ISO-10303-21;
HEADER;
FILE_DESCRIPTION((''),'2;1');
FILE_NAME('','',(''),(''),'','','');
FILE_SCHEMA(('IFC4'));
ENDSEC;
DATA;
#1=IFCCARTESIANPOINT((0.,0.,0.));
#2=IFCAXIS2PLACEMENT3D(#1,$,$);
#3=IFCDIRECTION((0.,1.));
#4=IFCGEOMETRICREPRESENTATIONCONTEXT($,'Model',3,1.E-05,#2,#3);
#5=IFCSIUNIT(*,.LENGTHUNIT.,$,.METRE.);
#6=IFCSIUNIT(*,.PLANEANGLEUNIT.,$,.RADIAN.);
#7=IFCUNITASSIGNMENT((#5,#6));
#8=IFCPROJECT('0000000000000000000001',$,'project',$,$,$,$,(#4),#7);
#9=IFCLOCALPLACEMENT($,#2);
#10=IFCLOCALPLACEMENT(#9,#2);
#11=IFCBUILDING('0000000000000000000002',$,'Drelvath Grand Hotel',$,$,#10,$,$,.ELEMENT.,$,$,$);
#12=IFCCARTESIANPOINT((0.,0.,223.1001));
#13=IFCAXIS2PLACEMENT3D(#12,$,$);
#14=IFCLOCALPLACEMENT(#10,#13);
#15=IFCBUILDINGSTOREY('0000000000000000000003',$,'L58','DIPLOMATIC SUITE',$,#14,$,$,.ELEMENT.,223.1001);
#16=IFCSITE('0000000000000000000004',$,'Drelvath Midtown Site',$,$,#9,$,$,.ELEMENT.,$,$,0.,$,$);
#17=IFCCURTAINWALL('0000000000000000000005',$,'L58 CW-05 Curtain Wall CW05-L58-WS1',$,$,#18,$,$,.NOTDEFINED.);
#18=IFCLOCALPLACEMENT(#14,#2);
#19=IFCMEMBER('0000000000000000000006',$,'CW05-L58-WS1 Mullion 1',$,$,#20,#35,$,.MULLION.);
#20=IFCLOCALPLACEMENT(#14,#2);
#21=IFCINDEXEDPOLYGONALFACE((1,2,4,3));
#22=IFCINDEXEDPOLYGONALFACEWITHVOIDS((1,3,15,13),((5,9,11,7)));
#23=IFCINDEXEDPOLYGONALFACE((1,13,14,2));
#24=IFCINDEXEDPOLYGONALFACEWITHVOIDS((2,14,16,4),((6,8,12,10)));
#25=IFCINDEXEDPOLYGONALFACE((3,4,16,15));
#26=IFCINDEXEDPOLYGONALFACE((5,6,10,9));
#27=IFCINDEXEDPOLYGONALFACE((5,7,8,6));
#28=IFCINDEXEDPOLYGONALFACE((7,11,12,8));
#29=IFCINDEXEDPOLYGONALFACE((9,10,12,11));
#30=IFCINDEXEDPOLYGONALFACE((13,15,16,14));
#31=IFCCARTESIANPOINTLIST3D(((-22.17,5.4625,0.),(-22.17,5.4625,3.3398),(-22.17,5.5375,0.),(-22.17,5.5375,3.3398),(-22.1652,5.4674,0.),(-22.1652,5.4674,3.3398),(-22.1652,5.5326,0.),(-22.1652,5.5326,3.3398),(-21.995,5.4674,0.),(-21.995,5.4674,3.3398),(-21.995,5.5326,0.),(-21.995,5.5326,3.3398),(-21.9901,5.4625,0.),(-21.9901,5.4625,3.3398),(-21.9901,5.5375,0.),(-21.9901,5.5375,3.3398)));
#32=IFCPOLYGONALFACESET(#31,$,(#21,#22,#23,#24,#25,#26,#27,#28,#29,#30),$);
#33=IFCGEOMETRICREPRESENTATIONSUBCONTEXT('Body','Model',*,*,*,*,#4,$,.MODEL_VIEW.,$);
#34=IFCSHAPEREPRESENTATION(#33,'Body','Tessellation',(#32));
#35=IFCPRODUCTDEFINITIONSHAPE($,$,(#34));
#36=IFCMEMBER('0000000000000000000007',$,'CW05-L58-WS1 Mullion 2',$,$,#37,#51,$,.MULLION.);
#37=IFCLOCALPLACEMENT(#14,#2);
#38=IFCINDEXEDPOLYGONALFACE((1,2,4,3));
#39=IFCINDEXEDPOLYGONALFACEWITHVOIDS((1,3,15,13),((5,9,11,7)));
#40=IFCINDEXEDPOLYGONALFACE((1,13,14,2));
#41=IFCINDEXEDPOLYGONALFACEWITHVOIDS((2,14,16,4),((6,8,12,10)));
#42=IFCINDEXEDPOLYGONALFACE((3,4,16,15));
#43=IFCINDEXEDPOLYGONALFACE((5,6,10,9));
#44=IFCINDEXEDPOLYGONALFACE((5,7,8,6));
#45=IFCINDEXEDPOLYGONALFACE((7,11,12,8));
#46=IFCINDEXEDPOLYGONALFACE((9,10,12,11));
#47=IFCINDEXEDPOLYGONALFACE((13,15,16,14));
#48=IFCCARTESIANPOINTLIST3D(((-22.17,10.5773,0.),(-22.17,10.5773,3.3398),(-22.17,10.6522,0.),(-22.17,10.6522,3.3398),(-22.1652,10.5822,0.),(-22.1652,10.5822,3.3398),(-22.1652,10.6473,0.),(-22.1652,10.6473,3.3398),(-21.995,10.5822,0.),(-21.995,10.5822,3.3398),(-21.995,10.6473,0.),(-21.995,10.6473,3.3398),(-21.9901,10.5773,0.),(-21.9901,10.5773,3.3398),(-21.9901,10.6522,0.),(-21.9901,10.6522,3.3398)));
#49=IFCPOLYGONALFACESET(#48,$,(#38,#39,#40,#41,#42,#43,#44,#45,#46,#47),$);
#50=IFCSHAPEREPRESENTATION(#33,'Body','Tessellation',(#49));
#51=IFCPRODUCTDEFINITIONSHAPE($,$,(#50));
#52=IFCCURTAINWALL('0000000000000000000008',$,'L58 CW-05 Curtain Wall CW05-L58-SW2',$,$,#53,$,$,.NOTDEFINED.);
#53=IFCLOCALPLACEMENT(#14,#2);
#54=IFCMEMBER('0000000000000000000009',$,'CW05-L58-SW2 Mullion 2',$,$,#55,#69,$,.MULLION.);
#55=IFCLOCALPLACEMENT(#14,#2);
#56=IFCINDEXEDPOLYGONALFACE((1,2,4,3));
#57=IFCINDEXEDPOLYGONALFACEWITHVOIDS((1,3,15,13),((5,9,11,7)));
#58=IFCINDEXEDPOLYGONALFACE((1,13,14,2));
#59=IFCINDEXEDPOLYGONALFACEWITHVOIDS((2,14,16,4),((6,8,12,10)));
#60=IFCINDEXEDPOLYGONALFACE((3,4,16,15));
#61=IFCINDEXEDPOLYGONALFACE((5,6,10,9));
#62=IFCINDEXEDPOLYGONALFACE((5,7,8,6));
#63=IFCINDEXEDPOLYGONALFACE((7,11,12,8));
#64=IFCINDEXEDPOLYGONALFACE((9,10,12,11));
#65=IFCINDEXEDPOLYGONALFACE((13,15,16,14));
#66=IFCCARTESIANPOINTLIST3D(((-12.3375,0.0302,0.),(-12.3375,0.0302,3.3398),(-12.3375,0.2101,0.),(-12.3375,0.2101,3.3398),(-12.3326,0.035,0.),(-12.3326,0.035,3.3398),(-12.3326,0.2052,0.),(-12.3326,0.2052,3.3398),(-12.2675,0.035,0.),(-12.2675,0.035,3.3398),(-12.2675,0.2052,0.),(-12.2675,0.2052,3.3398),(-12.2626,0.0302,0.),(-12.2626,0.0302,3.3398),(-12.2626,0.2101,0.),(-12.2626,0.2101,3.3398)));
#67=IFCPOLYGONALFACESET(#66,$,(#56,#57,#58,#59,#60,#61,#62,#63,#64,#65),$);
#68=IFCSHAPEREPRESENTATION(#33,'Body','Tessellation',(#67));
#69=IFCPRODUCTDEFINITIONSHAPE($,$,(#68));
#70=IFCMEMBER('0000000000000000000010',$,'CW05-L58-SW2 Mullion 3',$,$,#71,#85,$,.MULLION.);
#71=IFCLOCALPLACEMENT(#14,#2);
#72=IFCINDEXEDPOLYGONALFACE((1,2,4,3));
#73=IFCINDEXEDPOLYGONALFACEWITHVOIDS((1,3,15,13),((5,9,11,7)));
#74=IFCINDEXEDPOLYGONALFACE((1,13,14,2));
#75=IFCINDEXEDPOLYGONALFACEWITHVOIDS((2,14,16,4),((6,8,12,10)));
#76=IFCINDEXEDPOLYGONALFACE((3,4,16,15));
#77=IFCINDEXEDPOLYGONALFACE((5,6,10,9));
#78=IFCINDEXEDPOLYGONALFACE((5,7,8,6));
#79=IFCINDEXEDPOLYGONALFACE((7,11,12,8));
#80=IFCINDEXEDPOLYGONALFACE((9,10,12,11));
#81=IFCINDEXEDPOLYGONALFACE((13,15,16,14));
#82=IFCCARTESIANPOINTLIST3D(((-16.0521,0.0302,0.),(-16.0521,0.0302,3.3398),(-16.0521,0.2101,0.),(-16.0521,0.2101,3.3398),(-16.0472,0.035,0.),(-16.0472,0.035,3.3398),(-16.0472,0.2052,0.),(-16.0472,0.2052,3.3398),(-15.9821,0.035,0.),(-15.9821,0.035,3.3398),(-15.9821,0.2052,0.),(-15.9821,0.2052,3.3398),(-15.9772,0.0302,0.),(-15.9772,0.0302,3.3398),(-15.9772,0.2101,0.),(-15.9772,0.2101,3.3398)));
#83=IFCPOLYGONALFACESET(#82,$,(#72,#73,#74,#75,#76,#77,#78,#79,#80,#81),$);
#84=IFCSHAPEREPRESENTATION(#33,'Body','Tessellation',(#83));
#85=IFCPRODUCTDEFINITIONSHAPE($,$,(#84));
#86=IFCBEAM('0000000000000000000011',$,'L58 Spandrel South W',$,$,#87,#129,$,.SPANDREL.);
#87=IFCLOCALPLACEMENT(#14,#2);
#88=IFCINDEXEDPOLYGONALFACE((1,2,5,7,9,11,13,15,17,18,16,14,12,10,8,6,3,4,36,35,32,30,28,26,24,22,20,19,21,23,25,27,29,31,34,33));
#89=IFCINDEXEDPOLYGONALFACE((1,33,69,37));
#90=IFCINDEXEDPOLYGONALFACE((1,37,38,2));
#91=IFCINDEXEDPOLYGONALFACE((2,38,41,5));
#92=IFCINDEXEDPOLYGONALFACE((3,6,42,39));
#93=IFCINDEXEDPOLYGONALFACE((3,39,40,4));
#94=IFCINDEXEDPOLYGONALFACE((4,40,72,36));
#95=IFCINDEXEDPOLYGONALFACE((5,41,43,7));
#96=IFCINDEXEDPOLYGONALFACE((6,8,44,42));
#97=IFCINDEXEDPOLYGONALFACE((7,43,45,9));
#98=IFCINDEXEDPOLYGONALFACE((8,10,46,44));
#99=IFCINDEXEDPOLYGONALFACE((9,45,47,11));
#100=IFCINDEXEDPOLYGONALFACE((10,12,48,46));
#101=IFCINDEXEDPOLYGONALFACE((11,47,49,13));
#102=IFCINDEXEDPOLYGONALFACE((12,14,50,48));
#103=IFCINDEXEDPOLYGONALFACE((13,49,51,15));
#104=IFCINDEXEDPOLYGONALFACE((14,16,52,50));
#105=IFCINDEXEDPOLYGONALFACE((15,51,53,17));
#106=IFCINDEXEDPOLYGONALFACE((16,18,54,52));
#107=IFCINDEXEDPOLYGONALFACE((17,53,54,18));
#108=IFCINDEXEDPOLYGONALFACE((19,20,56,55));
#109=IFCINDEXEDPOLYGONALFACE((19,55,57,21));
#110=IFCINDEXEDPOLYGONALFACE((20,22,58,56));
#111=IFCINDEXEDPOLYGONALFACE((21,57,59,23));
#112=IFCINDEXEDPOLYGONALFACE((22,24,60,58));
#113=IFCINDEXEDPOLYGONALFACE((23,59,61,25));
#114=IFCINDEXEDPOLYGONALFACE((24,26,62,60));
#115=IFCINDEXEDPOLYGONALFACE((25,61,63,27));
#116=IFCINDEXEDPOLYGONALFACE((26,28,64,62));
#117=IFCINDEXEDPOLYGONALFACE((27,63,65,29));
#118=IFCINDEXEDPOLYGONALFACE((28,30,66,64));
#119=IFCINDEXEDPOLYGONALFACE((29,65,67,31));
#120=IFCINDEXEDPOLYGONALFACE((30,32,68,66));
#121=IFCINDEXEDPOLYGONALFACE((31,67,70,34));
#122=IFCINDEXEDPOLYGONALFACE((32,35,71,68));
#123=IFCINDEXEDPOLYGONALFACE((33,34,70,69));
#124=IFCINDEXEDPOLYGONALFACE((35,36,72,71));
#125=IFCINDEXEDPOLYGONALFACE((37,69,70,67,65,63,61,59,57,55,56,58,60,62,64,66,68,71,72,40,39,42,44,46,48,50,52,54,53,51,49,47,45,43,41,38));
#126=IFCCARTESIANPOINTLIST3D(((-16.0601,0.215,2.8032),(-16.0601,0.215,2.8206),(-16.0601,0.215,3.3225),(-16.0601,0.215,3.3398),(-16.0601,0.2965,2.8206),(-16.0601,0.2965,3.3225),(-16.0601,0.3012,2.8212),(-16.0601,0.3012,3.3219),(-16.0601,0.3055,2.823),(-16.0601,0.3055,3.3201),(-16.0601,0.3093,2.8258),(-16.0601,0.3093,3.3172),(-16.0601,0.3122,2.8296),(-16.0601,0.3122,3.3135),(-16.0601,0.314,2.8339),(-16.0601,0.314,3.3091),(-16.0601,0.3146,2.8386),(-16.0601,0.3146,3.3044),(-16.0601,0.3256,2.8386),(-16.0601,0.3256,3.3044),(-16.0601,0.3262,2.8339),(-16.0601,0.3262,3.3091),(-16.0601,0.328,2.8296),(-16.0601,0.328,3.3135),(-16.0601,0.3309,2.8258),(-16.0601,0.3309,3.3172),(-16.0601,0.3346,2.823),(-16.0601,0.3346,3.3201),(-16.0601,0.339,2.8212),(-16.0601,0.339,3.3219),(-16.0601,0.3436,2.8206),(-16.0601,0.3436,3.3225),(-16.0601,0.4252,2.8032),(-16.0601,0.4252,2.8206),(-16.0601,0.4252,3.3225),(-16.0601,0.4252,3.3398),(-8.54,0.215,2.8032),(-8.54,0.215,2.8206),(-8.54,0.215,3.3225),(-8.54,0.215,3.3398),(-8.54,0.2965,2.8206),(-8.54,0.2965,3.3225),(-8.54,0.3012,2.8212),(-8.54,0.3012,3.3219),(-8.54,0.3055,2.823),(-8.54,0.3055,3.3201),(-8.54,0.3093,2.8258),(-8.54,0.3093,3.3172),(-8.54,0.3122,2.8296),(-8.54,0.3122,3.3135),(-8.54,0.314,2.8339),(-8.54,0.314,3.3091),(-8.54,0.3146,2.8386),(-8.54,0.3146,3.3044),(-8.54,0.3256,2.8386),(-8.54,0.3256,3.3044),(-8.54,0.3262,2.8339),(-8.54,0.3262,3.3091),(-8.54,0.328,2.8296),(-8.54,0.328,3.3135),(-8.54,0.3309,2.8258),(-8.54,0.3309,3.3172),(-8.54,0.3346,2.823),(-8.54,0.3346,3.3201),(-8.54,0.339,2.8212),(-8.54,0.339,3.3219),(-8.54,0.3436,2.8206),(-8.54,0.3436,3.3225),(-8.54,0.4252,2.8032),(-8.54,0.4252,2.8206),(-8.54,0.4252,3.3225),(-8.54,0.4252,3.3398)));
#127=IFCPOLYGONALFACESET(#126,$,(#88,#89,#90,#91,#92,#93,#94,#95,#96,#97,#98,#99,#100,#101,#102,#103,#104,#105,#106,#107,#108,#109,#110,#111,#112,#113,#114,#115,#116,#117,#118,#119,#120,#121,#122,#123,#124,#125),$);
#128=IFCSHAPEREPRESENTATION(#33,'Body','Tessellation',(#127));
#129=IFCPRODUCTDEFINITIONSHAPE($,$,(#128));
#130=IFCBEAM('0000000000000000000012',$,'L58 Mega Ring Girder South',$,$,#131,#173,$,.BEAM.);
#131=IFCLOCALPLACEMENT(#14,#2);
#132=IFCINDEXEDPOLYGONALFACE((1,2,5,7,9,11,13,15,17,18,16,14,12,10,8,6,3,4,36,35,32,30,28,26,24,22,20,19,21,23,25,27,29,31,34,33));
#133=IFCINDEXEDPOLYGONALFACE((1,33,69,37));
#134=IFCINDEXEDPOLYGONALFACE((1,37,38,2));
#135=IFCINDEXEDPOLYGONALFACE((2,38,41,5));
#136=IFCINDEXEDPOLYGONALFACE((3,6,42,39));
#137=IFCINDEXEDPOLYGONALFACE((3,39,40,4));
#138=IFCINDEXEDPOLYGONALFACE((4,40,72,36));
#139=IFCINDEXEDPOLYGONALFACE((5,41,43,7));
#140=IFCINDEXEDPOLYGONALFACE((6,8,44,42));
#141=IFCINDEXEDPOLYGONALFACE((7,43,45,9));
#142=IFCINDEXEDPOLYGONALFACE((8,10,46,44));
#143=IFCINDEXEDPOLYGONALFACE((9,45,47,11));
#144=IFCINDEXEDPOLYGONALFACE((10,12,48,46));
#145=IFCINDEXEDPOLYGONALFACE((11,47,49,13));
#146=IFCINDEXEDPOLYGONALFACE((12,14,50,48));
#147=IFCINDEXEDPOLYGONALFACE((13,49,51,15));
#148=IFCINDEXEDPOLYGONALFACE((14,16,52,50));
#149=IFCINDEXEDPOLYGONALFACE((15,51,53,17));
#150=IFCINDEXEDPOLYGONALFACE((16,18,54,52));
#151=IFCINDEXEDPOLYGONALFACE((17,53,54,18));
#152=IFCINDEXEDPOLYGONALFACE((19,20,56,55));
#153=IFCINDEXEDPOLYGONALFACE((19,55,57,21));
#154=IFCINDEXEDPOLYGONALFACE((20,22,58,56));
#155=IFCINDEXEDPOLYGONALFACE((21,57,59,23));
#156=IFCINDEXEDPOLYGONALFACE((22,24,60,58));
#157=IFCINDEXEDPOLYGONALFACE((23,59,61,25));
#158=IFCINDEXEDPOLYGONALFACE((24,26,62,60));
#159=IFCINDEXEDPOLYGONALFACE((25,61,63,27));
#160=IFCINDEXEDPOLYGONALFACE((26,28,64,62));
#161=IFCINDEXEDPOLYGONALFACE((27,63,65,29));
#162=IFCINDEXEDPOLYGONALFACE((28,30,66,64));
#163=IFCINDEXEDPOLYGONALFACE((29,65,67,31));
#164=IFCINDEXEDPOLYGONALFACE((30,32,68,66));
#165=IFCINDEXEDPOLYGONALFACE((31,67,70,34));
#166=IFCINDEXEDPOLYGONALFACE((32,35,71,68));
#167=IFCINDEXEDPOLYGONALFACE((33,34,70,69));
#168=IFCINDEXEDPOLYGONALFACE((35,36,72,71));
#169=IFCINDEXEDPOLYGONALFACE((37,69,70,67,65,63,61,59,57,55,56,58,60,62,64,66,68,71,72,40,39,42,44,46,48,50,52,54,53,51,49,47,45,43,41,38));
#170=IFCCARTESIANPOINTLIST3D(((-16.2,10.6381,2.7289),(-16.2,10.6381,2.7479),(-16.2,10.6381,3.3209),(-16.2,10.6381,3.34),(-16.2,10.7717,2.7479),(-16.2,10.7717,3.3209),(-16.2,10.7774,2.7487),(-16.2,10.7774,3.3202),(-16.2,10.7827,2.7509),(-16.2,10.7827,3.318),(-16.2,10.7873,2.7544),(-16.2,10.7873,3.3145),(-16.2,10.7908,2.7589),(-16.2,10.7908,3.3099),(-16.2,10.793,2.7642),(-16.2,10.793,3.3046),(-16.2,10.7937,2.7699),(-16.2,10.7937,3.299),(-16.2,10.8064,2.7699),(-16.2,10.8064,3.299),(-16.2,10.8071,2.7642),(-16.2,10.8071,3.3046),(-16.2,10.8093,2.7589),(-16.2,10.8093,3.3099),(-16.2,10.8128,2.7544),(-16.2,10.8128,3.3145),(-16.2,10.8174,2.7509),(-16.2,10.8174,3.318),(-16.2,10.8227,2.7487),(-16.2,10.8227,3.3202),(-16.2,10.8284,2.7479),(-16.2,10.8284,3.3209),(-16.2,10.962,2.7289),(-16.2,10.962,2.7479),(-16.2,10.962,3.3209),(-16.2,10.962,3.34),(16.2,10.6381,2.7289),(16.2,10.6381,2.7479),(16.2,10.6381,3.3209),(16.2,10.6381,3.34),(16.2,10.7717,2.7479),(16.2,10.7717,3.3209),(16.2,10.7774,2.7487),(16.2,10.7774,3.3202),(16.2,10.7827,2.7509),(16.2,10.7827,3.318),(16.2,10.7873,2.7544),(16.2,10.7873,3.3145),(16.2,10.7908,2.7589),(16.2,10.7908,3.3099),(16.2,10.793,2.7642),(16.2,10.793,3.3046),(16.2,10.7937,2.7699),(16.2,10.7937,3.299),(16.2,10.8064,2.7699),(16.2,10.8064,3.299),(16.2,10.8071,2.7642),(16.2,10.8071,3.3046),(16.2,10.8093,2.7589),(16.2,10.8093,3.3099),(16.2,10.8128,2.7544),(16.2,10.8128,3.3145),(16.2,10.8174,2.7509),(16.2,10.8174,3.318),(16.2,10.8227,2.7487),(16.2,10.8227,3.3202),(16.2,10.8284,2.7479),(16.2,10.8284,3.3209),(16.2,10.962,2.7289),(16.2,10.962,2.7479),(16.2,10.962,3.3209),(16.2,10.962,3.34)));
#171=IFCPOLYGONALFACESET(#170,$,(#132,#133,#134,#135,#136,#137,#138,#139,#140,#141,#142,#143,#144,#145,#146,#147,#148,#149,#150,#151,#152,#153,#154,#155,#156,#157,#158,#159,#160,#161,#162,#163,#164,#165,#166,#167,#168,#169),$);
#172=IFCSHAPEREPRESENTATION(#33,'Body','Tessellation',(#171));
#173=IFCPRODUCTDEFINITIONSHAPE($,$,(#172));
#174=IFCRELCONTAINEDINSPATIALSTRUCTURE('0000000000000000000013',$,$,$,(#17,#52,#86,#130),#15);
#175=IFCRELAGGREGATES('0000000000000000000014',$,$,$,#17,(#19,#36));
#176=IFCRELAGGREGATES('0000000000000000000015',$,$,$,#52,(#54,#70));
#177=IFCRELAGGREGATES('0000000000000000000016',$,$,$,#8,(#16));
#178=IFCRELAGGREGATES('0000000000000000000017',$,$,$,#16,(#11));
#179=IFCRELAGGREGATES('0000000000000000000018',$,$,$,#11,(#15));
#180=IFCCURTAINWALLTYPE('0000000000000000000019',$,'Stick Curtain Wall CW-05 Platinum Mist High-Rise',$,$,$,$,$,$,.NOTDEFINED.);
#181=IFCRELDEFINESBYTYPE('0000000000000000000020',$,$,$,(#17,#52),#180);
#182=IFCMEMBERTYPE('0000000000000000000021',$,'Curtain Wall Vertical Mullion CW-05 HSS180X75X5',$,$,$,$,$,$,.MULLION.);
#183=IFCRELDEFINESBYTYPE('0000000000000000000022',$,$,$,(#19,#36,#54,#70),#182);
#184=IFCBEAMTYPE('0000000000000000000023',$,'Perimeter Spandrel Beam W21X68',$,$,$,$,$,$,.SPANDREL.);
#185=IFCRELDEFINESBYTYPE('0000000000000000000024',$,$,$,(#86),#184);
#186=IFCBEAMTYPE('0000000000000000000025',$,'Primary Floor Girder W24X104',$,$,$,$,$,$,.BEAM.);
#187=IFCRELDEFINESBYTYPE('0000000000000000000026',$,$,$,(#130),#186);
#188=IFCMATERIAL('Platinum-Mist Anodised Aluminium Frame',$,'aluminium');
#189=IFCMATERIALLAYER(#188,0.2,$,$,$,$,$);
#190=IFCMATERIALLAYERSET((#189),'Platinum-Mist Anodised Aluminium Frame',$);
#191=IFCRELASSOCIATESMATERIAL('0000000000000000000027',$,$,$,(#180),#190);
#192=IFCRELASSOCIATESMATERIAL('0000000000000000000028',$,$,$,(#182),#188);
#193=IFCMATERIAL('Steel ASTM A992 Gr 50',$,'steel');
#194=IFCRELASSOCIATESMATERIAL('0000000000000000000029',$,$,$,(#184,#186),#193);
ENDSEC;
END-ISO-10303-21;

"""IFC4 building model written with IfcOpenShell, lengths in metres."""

from ifc_helpers import new_model, si_unit, direction, frame, origin, origin_2d, place, context, subcontext, project, spatial, hollow_rectangle, i_section, extrude, material, layer, layer_set, material_profile, profile_set, type_object, element, aggregate, save


model = new_model("IFC4")

# Units and contexts
model_context = context("Model", 3, precision=1e-05, world=origin(), true_north=direction((0.0, 1.0)))
body_context = subcontext(model_context, "Body", "Model", "MODEL_VIEW")
ifc_project = project(units=[si_unit("LENGTHUNIT", "METRE"), si_unit("PLANEANGLEUNIT", "RADIAN")], contexts=[model_context])

# Site, building, storey
site_placement = place(None, origin())
site = spatial("IfcSite", under=ifc_project, at=site_placement, Name="Drelvath Midtown Site", CompositionType="ELEMENT", RefElevation=0.0)
building_placement = place(site_placement, origin())
building = spatial("IfcBuilding", under=site, at=building_placement, Name="Drelvath Grand Hotel", CompositionType="ELEMENT")
storey_placement = place(building_placement, frame((0.0, 0.0, 223.1001)))
storey = spatial("IfcBuildingStorey", under=building, at=storey_placement, Name="L58", Description="DIPLOMATIC SUITE", CompositionType="ELEMENT", Elevation=223.1001)

# Shared definitions
ifc_material_1 = material(Name="Steel ASTM A992 Gr 50", Category="steel")

# Curtain walls, members
ifc_material_2 = material(Name="Platinum-Mist Anodised Aluminium Frame", Category="aluminium")
ifc_layer_1 = layer(ifc_material_2, 0.2)
ifc_layer_set_1 = layer_set([ifc_layer_1], Name="Platinum-Mist Anodised Aluminium Frame")
curtain_wall_type = type_object("IfcCurtainWallType", Name="Stick Curtain Wall CW-05 Platinum Mist High-Rise", PredefinedType="NOTDEFINED", material=ifc_layer_set_1)
curtain_wall_1_placement = place(storey_placement, origin())
curtain_wall_1 = element("IfcCurtainWall", 1, at=curtain_wall_1_placement, inside=storey, type_object=curtain_wall_type, Name="L58 CW-05 Curtain Wall CW05-L58-WS1", PredefinedType="NOTDEFINED")
ifc_material_profile_1 = material_profile(ifc_material_2, hollow_rectangle(XDim=0.075, YDim=0.1799, WallThickness=0.0049, at=origin_2d()), Name="HSS180X75X5")
ifc_profile_set_1 = profile_set([ifc_material_profile_1], Name="Platinum-Mist Anodised Aluminium Frame")
member_type_1 = type_object("IfcMemberType", Name="Curtain Wall Vertical Mullion CW-05 HSS180X75X5", PredefinedType="MULLION", material=ifc_profile_set_1)
member_1_placement = place(storey_placement, frame((-22.0801, 5.5, 0.0), z_axis=(0.0, 0.0, 1.0), x_axis=(0.0, 1.0, 0.0)))
member_1 = element("IfcMember", 2, at=member_1_placement, type_object=member_type_1, Name="CW05-L58-WS1 Mullion 1", PredefinedType="MULLION", context=body_context, shape_type="SweptSolid", body=[
    extrude(hollow_rectangle(XDim=0.075, YDim=0.1799, WallThickness=0.0049, at=origin_2d()), origin(), (0.0, 0.0, 1.0), 3.3398),
])
member_2_placement = place(storey_placement, frame((-22.0801, 10.6147, 0.0), z_axis=(0.0, 0.0, 1.0), x_axis=(0.0, 1.0, 0.0)))
member_2 = element("IfcMember", 3, at=member_2_placement, type_object=member_type_1, Name="CW05-L58-WS1 Mullion 2", PredefinedType="MULLION", context=body_context, shape_type="SweptSolid", body=[
    extrude(hollow_rectangle(XDim=0.075, YDim=0.1799, WallThickness=0.0049, at=origin_2d()), origin(), (0.0, 0.0, 1.0), 3.3398),
])
curtain_wall_2_placement = place(storey_placement, origin())
curtain_wall_2 = element("IfcCurtainWall", 4, at=curtain_wall_2_placement, inside=storey, type_object=curtain_wall_type, Name="L58 CW-05 Curtain Wall CW05-L58-SW2", PredefinedType="NOTDEFINED")
member_3_placement = place(storey_placement, frame((-12.3, 0.1201, 0.0), z_axis=(0.0, 0.0, 1.0), x_axis=(1.0, 0.0, 0.0)))
member_3 = element("IfcMember", 5, at=member_3_placement, type_object=member_type_1, Name="CW05-L58-SW2 Mullion 2", PredefinedType="MULLION", context=body_context, shape_type="SweptSolid", body=[
    extrude(hollow_rectangle(XDim=0.075, YDim=0.1799, WallThickness=0.0049, at=origin_2d()), origin(), (0.0, 0.0, 1.0), 3.3398),
])
member_4_placement = place(storey_placement, frame((-16.0146, 0.1201, 0.0), z_axis=(0.0, 0.0, 1.0), x_axis=(1.0, 0.0, 0.0)))
member_4 = element("IfcMember", 6, at=member_4_placement, type_object=member_type_1, Name="CW05-L58-SW2 Mullion 3", PredefinedType="MULLION", context=body_context, shape_type="SweptSolid", body=[
    extrude(hollow_rectangle(XDim=0.075, YDim=0.1799, WallThickness=0.0049, at=origin_2d()), origin(), (0.0, 0.0, 1.0), 3.3398),
])

# Beams
ifc_material_profile_2 = material_profile(ifc_material_1, i_section(OverallWidth=0.2102, OverallDepth=0.5366, WebThickness=0.011, FlangeThickness=0.0173, FilletRadius=0.0181, at=origin_2d()), Name="W21X68")
ifc_profile_set_2 = profile_set([ifc_material_profile_2], Name="Steel ASTM A992 Gr 50")
beam_type_1 = type_object("IfcBeamType", Name="Perimeter Spandrel Beam W21X68", PredefinedType="SPANDREL", material=ifc_profile_set_2)
beam_1_placement = place(storey_placement, frame((-16.0601, 0.3201, 3.0715), z_axis=(1.0, 0.0, 0.0), x_axis=(0.0, 1.0, 0.0)))
element("IfcBeam", 7, at=beam_1_placement, inside=storey, type_object=beam_type_1, Name="L58 Spandrel South W", PredefinedType="SPANDREL", context=body_context, shape_type="SweptSolid", body=[
    extrude(i_section(OverallWidth=0.2102, OverallDepth=0.5366, WebThickness=0.011, FlangeThickness=0.0173, FilletRadius=0.0181, at=origin_2d()), origin(), (0.0, 0.0, 1.0), 7.52),
])
ifc_material_profile_3 = material_profile(ifc_material_1, i_section(OverallWidth=0.324, OverallDepth=0.6111, WebThickness=0.0127, FlangeThickness=0.019, FilletRadius=0.022, at=origin_2d()), Name="W24X104")
ifc_profile_set_3 = profile_set([ifc_material_profile_3], Name="Steel ASTM A992 Gr 50")
beam_type_2 = type_object("IfcBeamType", Name="Primary Floor Girder W24X104", PredefinedType="BEAM", material=ifc_profile_set_3)
for number, where, z_axis, x_axis, name in (
    (8, (-16.2, 10.8, 3.0344), (1.0, 0.0, 0.0), (0.0, 1.0, 0.0), "L58 Mega Ring Girder South"),
):
    element("IfcBeam", number, at=place(storey_placement, frame(where, z_axis=z_axis, x_axis=x_axis)), inside=storey, type_object=beam_type_2, Name=name, PredefinedType="BEAM", context=body_context, shape_type="SweptSolid", body=[
        extrude(i_section(OverallWidth=0.324, OverallDepth=0.6111, WebThickness=0.0127, FlangeThickness=0.019, FilletRadius=0.022, at=origin_2d()), origin(), (0.0, 0.0, 1.0), 32.3999),
    ])

aggregate(curtain_wall_1, [member_1, member_2])
aggregate(curtain_wall_2, [member_3, member_4])

save(model, "model.ifc")
